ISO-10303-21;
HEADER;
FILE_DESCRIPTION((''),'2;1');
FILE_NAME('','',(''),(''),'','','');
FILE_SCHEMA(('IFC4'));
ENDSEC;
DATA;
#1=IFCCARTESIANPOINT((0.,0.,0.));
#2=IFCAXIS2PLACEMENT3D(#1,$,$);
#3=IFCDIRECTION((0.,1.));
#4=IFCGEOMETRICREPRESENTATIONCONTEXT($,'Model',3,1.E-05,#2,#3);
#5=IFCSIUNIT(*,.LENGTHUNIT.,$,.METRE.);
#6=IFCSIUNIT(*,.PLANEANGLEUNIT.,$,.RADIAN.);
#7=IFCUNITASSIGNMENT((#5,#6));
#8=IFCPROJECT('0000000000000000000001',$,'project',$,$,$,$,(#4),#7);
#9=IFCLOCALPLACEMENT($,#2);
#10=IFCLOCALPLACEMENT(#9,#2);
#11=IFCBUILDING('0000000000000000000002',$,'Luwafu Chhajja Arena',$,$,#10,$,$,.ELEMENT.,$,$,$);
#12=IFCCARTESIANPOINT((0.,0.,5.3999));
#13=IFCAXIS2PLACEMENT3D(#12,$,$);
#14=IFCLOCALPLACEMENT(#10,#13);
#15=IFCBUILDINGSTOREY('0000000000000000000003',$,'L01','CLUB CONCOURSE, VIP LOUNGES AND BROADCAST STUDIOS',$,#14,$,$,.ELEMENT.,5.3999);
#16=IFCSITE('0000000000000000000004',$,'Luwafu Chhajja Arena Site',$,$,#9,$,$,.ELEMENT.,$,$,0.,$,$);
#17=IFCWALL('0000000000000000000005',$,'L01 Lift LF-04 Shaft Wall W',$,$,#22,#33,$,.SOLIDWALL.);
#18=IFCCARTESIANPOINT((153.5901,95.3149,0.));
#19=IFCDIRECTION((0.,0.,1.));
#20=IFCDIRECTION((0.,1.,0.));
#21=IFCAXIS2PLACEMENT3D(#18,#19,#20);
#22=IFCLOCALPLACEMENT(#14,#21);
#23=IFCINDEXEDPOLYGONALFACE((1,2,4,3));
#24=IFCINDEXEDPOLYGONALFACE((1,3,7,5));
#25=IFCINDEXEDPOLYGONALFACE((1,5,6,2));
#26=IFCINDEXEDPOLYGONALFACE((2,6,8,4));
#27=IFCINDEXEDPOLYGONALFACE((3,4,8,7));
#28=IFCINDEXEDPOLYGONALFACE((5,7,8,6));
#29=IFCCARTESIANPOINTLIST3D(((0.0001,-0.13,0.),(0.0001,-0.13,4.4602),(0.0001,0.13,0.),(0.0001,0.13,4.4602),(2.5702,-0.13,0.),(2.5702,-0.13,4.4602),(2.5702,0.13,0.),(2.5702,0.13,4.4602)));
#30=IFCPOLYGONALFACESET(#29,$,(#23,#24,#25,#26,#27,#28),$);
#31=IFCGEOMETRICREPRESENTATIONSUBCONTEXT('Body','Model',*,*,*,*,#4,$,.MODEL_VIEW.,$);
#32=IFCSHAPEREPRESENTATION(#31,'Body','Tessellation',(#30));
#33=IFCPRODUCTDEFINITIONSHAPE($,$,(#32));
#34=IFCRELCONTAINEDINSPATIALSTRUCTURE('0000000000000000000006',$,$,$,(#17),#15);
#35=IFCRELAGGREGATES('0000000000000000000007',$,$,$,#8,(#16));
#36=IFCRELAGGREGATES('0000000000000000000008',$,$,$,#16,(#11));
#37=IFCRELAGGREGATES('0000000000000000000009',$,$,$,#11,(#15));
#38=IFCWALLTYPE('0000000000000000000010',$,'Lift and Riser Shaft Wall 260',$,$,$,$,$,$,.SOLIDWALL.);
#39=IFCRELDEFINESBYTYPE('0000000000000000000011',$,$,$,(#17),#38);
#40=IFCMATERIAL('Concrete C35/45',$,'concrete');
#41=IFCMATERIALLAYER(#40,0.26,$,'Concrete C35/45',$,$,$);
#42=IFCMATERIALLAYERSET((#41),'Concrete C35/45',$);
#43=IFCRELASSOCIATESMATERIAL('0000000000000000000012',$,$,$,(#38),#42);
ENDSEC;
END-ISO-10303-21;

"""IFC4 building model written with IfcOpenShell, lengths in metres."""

from ifc_helpers import new_model, si_unit, direction, frame, frame_2d, origin, place, context, subcontext, project, spatial, rectangle, extrude, material, layer, layer_set, type_object, element, save


model = new_model("IFC4")

# Units and contexts
model_context = context("Model", 3, precision=1e-05, world=origin(), true_north=direction((0.0, 1.0)))
body_context = subcontext(model_context, "Body", "Model", "MODEL_VIEW")
ifc_project = project(units=[si_unit("LENGTHUNIT", "METRE"), si_unit("PLANEANGLEUNIT", "RADIAN")], contexts=[model_context])

# Site, building, storey
site_placement = place(None, origin())
site = spatial("IfcSite", under=ifc_project, at=site_placement, Name="Luwafu Chhajja Arena Site", CompositionType="ELEMENT", RefElevation=0.0)
building_placement = place(site_placement, origin())
building = spatial("IfcBuilding", under=site, at=building_placement, Name="Luwafu Chhajja Arena", CompositionType="ELEMENT")
storey_placement = place(building_placement, frame((0.0, 0.0, 5.3999)))
storey = spatial("IfcBuildingStorey", under=building, at=storey_placement, Name="L01", Description="CLUB CONCOURSE, VIP LOUNGES AND BROADCAST STUDIOS", CompositionType="ELEMENT", Elevation=5.3999)

# Shared definitions
ifc_material_1 = material(Name="Concrete C35/45", Category="concrete")

# Shared definitions
ifc_layer_1 = layer(ifc_material_1, 0.26, Name="Concrete C35/45")
ifc_layer_set_1 = layer_set([ifc_layer_1], Name="Concrete C35/45")
wall_type_1 = type_object("IfcWallType", Name="Lift and Riser Shaft Wall 260", PredefinedType="SOLIDWALL", material=ifc_layer_set_1)

# Wall
wall_1_placement = place(storey_placement, frame((153.5901, 95.3149, 0.0), z_axis=(0.0, 0.0, 1.0), x_axis=(0.0, 1.0, 0.0)))
element("IfcWall", 1, at=wall_1_placement, inside=storey, type_object=wall_type_1, Name="L01 Lift LF-04 Shaft Wall W", PredefinedType="SOLIDWALL", context=body_context, shape_type="SweptSolid", body=[
    extrude(rectangle(XDim=2.5701, YDim=0.26, at=frame_2d((1.2852, 0.0))), origin(), (0.0, 0.0, 1.0), 4.4602),
])

save(model, "model.ifc")
